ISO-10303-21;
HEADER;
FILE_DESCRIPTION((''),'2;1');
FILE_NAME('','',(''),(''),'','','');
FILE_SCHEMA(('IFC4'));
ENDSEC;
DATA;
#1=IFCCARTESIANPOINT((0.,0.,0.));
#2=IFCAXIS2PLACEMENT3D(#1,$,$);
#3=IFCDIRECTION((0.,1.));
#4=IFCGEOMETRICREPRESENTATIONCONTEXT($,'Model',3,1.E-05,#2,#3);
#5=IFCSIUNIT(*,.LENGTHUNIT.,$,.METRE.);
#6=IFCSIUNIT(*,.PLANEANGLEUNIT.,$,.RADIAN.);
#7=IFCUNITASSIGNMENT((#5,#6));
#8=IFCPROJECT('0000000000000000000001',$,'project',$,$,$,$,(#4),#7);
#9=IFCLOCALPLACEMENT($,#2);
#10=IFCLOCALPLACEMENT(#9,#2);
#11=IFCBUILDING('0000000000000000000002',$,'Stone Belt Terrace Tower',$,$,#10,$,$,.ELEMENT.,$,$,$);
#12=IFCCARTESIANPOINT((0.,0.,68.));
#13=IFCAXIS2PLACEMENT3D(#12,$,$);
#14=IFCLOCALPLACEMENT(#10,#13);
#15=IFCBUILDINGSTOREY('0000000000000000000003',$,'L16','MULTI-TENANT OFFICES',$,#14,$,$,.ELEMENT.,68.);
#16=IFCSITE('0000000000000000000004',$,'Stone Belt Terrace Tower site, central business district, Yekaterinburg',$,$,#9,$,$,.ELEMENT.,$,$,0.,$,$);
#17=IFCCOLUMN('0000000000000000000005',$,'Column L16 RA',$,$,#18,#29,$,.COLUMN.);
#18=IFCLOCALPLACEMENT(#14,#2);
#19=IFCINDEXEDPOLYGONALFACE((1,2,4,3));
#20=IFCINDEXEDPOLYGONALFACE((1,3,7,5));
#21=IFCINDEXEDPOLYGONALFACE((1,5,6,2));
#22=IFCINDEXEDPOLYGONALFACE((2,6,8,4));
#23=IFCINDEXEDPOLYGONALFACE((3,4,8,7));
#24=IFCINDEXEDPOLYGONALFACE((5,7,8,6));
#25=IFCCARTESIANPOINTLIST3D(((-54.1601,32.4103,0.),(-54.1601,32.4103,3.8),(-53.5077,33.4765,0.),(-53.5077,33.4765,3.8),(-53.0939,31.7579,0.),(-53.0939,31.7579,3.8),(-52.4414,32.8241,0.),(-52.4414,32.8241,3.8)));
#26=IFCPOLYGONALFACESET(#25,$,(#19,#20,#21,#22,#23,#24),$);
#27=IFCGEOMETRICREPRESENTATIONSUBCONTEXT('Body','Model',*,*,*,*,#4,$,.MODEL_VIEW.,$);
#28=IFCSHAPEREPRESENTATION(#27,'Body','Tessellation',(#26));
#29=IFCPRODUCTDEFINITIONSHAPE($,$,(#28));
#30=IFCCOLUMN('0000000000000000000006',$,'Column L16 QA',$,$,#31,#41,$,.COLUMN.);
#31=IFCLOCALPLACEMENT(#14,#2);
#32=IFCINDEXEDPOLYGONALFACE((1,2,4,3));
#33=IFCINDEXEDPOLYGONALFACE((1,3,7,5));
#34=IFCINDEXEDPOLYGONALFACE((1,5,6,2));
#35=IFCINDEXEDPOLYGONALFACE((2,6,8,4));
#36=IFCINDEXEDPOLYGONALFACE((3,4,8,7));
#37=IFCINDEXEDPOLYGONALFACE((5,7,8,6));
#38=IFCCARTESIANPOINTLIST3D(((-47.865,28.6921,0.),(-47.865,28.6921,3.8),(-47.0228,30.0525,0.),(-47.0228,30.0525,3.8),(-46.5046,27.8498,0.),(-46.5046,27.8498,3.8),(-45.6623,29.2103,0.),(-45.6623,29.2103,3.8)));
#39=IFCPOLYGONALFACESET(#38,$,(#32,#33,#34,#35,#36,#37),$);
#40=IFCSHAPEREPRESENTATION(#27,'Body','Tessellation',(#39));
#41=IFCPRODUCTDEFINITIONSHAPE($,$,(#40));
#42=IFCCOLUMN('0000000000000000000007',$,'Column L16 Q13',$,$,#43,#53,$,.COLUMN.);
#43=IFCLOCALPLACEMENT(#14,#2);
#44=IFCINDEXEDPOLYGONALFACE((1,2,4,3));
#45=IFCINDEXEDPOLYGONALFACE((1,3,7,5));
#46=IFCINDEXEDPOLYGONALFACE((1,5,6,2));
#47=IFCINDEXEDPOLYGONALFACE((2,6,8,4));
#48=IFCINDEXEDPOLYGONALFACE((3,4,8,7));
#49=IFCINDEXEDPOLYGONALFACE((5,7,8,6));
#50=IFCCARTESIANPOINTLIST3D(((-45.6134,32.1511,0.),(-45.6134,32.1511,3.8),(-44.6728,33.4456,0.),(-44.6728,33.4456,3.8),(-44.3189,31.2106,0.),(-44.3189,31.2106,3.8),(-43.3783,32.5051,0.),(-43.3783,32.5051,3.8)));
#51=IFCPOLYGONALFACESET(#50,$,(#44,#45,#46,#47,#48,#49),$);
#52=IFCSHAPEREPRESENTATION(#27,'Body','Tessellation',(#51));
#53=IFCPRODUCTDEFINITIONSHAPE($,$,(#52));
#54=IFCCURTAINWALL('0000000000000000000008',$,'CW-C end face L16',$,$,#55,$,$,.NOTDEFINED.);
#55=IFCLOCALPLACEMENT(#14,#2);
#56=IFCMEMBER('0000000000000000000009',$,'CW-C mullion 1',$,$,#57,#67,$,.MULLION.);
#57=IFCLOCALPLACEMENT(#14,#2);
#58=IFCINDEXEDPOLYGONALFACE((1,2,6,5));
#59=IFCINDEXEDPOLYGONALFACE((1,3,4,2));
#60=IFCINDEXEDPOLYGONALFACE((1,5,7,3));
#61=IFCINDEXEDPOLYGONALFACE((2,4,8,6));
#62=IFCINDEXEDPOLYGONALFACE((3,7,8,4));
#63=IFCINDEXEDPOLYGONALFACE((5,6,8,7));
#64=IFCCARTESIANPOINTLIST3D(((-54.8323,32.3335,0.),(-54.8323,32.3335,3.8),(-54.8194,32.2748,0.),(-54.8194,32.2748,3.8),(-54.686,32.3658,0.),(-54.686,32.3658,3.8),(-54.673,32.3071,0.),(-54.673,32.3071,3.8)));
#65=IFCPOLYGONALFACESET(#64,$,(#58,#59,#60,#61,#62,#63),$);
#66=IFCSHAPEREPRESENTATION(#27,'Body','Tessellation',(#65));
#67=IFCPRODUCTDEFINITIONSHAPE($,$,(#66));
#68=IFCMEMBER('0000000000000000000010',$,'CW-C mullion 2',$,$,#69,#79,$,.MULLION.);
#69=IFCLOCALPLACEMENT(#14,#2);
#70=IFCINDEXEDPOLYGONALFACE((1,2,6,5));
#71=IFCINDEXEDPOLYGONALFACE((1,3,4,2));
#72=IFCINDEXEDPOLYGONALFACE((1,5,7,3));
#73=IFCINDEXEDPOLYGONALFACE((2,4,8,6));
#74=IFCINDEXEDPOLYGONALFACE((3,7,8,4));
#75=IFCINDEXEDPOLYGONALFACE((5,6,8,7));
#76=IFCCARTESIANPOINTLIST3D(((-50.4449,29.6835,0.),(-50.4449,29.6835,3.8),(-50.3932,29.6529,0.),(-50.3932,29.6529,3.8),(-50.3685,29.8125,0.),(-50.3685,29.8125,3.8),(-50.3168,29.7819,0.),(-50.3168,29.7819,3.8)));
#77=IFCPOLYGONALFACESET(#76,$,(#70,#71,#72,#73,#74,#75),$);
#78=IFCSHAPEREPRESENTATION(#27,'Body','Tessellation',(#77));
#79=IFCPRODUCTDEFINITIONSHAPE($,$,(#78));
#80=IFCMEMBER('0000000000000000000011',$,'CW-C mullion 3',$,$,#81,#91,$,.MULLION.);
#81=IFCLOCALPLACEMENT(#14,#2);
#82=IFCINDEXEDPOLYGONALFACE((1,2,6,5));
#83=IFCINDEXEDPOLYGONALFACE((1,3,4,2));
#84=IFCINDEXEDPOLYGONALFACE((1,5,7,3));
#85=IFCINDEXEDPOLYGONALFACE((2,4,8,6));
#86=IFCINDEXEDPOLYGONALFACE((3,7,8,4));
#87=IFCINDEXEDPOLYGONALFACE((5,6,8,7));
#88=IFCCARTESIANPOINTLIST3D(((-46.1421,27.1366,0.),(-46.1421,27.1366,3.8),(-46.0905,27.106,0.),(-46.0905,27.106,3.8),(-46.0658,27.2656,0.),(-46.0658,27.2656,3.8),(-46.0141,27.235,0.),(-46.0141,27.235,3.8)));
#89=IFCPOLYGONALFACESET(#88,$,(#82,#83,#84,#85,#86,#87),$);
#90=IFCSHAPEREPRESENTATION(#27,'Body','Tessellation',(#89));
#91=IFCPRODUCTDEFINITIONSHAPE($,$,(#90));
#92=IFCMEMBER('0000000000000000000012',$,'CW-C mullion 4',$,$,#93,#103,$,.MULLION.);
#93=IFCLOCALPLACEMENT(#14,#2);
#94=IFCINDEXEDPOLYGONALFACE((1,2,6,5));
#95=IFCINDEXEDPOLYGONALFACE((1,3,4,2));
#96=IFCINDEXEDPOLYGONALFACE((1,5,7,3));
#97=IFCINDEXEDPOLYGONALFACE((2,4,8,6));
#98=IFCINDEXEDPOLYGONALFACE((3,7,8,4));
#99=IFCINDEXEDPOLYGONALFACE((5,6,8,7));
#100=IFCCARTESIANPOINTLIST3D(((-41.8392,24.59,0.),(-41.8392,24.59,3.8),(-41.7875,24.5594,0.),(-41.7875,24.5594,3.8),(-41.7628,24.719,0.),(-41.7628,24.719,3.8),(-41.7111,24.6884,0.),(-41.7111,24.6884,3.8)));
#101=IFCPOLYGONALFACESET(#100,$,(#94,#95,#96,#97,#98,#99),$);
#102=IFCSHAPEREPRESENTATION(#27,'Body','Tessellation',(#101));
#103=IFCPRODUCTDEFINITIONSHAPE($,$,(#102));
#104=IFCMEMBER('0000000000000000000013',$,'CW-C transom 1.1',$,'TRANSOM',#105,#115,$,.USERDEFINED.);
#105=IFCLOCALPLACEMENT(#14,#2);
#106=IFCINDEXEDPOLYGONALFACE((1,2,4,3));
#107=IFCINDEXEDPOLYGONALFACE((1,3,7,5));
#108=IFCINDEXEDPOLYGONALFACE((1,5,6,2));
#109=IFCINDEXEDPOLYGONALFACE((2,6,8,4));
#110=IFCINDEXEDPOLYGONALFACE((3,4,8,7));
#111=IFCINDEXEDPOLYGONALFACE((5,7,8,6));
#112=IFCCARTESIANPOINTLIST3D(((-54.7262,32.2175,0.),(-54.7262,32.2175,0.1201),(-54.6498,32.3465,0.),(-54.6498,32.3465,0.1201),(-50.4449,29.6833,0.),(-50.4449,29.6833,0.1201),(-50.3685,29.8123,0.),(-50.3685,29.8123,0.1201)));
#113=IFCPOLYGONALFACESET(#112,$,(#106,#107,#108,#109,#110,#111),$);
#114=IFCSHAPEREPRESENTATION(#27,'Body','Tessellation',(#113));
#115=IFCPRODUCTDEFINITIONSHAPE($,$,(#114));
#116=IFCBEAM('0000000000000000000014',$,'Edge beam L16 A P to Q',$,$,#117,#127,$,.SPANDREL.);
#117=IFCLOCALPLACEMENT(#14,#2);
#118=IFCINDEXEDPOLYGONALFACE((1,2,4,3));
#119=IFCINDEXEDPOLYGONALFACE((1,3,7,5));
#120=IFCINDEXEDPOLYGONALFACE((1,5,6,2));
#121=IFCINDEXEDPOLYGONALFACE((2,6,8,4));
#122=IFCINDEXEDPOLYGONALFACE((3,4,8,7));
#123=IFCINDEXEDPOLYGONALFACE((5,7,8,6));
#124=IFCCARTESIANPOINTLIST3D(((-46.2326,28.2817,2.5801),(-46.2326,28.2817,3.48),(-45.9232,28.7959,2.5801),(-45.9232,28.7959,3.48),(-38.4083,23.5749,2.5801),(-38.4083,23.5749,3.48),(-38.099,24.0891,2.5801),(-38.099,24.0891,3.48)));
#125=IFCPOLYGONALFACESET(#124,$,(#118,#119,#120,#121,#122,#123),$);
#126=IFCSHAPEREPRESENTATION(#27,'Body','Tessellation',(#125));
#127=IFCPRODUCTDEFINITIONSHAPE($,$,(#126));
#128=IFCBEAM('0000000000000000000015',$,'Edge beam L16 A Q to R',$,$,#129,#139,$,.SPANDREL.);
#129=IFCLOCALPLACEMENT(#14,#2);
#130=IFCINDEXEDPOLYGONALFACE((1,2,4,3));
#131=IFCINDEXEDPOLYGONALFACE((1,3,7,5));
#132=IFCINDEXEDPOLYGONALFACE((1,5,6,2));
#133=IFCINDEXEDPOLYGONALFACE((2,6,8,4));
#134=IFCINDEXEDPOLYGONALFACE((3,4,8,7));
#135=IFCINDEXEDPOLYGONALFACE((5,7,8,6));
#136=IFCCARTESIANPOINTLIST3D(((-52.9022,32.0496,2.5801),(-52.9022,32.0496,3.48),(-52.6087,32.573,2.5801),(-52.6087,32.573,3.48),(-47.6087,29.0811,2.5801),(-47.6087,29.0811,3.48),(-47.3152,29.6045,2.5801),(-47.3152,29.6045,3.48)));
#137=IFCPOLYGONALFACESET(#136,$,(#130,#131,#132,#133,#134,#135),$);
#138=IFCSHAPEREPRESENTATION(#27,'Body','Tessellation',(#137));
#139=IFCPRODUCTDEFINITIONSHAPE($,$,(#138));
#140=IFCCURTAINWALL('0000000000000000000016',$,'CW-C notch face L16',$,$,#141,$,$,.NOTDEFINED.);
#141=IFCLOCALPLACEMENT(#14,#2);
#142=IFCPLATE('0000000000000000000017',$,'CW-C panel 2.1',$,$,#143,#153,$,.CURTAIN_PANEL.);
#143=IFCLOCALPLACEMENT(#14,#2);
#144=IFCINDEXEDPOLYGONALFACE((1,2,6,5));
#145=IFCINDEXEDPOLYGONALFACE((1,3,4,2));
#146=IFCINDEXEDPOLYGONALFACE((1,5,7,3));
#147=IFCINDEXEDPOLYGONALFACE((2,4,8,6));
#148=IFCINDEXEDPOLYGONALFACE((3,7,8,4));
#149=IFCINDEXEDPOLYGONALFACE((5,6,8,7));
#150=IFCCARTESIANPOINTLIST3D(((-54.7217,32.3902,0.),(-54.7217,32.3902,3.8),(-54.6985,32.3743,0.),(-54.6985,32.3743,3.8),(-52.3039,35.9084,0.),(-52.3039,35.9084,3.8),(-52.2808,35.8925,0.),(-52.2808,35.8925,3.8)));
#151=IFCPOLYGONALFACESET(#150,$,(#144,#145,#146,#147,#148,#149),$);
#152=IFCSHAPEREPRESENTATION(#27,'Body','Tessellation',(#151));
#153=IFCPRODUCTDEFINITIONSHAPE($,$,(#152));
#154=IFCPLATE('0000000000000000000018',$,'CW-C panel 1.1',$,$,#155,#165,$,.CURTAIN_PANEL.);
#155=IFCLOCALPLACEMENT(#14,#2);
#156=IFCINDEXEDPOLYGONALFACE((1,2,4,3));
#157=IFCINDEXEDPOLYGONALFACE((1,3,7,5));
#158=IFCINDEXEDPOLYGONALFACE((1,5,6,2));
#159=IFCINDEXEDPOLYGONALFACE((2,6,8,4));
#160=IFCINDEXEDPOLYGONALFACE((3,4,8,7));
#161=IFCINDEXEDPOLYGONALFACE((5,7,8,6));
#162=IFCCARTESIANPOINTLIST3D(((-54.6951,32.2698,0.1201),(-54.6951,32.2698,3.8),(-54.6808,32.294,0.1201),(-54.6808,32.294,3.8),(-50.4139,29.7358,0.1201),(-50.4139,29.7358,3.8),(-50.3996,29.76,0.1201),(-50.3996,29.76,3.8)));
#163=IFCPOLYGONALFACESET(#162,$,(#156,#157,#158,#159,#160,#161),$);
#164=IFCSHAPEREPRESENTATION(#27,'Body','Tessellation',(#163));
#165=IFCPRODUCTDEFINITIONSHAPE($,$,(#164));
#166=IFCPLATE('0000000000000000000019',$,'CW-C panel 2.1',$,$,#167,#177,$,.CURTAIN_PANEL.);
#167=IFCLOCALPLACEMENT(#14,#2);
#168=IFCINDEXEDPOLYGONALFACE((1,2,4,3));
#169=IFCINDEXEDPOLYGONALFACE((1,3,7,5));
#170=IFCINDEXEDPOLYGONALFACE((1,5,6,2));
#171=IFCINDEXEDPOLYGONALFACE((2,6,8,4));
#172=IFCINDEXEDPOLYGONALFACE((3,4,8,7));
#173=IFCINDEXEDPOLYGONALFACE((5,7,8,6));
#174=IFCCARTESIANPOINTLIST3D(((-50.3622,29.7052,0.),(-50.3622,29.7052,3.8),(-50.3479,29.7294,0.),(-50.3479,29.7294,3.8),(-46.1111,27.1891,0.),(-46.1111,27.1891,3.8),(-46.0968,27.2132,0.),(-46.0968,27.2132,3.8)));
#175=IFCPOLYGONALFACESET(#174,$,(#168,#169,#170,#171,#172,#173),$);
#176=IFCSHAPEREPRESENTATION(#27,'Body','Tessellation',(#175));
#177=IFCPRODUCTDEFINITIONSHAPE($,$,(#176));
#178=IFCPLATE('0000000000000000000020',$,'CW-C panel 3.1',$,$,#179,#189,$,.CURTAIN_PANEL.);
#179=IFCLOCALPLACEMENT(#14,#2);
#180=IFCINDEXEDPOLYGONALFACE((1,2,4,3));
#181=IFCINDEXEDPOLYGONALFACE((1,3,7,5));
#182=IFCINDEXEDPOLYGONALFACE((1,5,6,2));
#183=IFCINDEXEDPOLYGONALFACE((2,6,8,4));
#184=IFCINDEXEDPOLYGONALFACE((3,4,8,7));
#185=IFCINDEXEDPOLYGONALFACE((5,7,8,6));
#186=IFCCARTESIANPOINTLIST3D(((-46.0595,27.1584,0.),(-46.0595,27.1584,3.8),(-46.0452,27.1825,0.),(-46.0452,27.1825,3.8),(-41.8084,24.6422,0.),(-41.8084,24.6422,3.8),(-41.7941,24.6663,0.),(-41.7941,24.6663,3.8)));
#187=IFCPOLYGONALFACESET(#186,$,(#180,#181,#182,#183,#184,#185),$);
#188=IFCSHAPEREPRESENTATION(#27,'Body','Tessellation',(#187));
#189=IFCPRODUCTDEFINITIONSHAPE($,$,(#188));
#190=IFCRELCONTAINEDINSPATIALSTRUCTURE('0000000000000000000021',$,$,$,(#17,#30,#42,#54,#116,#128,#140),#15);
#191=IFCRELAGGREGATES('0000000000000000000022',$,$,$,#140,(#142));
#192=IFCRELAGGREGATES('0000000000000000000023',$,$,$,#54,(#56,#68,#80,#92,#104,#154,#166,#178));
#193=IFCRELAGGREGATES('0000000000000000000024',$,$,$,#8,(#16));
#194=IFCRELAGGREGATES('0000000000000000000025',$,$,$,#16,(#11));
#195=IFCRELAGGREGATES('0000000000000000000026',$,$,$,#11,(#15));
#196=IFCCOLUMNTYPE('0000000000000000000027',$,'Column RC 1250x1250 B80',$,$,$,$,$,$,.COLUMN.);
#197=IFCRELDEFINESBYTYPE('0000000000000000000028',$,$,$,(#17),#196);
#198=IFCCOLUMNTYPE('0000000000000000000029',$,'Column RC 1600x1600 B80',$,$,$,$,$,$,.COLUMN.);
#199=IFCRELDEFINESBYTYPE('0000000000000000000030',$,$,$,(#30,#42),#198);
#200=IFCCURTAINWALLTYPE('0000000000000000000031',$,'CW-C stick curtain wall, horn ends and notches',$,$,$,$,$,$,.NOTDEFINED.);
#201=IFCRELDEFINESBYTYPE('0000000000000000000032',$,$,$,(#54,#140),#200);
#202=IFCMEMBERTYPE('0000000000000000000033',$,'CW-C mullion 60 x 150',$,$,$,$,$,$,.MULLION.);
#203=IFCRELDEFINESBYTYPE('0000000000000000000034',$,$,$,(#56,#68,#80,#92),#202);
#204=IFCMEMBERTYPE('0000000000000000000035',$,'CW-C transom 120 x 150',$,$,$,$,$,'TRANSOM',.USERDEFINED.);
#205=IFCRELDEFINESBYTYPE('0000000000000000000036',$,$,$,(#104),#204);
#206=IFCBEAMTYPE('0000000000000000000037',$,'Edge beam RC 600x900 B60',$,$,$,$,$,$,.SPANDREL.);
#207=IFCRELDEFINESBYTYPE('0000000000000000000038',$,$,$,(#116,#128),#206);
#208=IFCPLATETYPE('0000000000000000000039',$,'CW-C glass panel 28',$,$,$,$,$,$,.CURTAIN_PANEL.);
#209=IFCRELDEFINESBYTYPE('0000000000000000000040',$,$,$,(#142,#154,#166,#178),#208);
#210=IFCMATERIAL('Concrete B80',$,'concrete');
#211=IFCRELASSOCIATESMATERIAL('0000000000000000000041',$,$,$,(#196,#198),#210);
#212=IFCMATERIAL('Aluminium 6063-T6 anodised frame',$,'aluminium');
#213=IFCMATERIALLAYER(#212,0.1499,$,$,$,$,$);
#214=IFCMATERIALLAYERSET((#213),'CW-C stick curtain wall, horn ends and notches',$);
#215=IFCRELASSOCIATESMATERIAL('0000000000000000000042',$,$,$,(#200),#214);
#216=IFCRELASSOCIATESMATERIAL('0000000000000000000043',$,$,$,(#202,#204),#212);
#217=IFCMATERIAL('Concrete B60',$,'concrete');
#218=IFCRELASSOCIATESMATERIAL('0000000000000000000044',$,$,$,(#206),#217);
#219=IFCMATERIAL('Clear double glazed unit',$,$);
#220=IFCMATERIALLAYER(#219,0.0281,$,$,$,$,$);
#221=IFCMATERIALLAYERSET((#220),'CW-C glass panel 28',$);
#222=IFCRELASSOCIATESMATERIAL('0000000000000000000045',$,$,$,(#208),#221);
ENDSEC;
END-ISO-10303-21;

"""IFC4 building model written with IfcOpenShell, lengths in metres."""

from ifc_helpers import new_model, si_unit, direction, frame, origin, origin_2d, place, context, subcontext, project, spatial, rectangle, extrude, material, layer, layer_set, material_profile, profile_set, type_object, element, aggregate, save


model = new_model("IFC4")

# Units and contexts
model_context = context("Model", 3, precision=1e-05, world=origin(), true_north=direction((0.0, 1.0)))
body_context = subcontext(model_context, "Body", "Model", "MODEL_VIEW")
ifc_project = project(units=[si_unit("LENGTHUNIT", "METRE"), si_unit("PLANEANGLEUNIT", "RADIAN")], contexts=[model_context])

# Site, building, storey
site_placement = place(None, origin())
site = spatial("IfcSite", under=ifc_project, at=site_placement, Name="Stone Belt Terrace Tower site, central business district, Yekaterinburg", CompositionType="ELEMENT", RefElevation=0.0)
building_placement = place(site_placement, origin())
building = spatial("IfcBuilding", under=site, at=building_placement, Name="Stone Belt Terrace Tower", CompositionType="ELEMENT")
storey_placement = place(building_placement, frame((0.0, 0.0, 68.0)))
storey = spatial("IfcBuildingStorey", under=building, at=storey_placement, Name="L16", Description="MULTI-TENANT OFFICES", CompositionType="ELEMENT", Elevation=68.0)

# Columns
ifc_material_1 = material(Name="Concrete B80", Category="concrete")
ifc_material_profile_1 = material_profile(ifc_material_1, rectangle(XDim=1.25, YDim=1.25, at=origin_2d()), Name="RC 1250x1250")
ifc_profile_set_1 = profile_set([ifc_material_profile_1], Name="Concrete B80")
column_type_1 = type_object("IfcColumnType", Name="Column RC 1250x1250 B80", PredefinedType="COLUMN", material=ifc_profile_set_1)
column_placement = place(storey_placement, frame((-53.3008, 32.6172, 0.0), z_axis=(0.0, 0.0, 1.0), x_axis=(0.521967, 0.852966, 0.0)))
element("IfcColumn", 1, at=column_placement, inside=storey, type_object=column_type_1, Name="Column L16 RA", PredefinedType="COLUMN", context=body_context, shape_type="SweptSolid", body=[
    extrude(rectangle(XDim=1.25, YDim=1.25, at=origin_2d()), origin(), (0.0, 0.0, 1.0), 3.8),
])
ifc_material_profile_2 = material_profile(ifc_material_1, rectangle(XDim=1.6001, YDim=1.6001, at=origin_2d()), Name="RC 1600x1600")
ifc_profile_set_2 = profile_set([ifc_material_profile_2], Name="Concrete B80")
column_type_2 = type_object("IfcColumnType", Name="Column RC 1600x1600 B80", PredefinedType="COLUMN", material=ifc_profile_set_2)
for number, where, z_axis, x_axis, name in (
    (2, (-46.7637, 28.9512, 0.0), (0.0, 0.0, 1.0), (0.526383, 0.850248, 0.0), "Column L16 QA"),
    (3, (-44.4958, 32.3281, 0.0), (0.0, 0.0, 1.0), (0.587785, 0.809017, 0.0), "Column L16 Q13"),
):
    element("IfcColumn", number, at=place(storey_placement, frame(where, z_axis=z_axis, x_axis=x_axis)), inside=storey, type_object=column_type_2, Name=name, PredefinedType="COLUMN", context=body_context, shape_type="SweptSolid", body=[
        extrude(rectangle(XDim=1.6001, YDim=1.6001, at=origin_2d()), origin(), (0.0, 0.0, 1.0), 3.8),
    ])

# Curtain wall, members
ifc_material_2 = material(Name="Aluminium 6063-T6 anodised frame", Category="aluminium")
ifc_layer_1 = layer(ifc_material_2, 0.1499)
ifc_layer_set_1 = layer_set([ifc_layer_1], Name="CW-C stick curtain wall, horn ends and notches")
curtain_wall_type = type_object("IfcCurtainWallType", Name="CW-C stick curtain wall, horn ends and notches", PredefinedType="NOTDEFINED", material=ifc_layer_set_1)
curtain_wall_1_placement = place(storey_placement, origin())
curtain_wall_1 = element("IfcCurtainWall", 4, at=curtain_wall_1_placement, inside=storey, type_object=curtain_wall_type, Name="CW-C end face L16", PredefinedType="NOTDEFINED")
ifc_material_profile_3 = material_profile(ifc_material_2, rectangle(XDim=0.1499, YDim=0.0601, at=origin_2d()), Name="Aluminium 6063-T6 60x150")
ifc_profile_set_3 = profile_set([ifc_material_profile_3], Name="Aluminium 6063-T6 anodised frame")
member_type_1 = type_object("IfcMemberType", Name="CW-C mullion 60 x 150", PredefinedType="MULLION", material=ifc_profile_set_3)
member_1_placement = place(storey_placement, frame((-54.7527, 32.3203, 0.0), z_axis=(0.0, 0.0, 1.0), x_axis=(0.97652, 0.215429, 0.0)))
member_1 = element("IfcMember", 5, at=member_1_placement, type_object=member_type_1, Name="CW-C mullion 1", PredefinedType="MULLION", context=body_context, shape_type="SweptSolid", body=[
    extrude(rectangle(XDim=0.1499, YDim=0.0601, at=origin_2d()), origin(), (0.0, 0.0, 1.0), 3.8),
])
member_2_placement = place(storey_placement, frame((-50.3809, 29.7327, 0.0), z_axis=(0.0, 0.0, 1.0), x_axis=(0.509353, 0.860558, 0.0)))
member_2 = element("IfcMember", 6, at=member_2_placement, type_object=member_type_1, Name="CW-C mullion 2", PredefinedType="MULLION", context=body_context, shape_type="SweptSolid", body=[
    extrude(rectangle(XDim=0.1499, YDim=0.0601, at=origin_2d()), origin(), (0.0, 0.0, 1.0), 3.8),
])
member_3_placement = place(storey_placement, frame((-46.0781, 27.1858, 0.0), z_axis=(0.0, 0.0, 1.0), x_axis=(0.509353, 0.860558, 0.0)))
member_3 = element("IfcMember", 7, at=member_3_placement, type_object=member_type_1, Name="CW-C mullion 3", PredefinedType="MULLION", context=body_context, shape_type="SweptSolid", body=[
    extrude(rectangle(XDim=0.1499, YDim=0.0601, at=origin_2d()), origin(), (0.0, 0.0, 1.0), 3.8),
])
member_4_placement = place(storey_placement, frame((-41.7751, 24.6392, 0.0), z_axis=(0.0, 0.0, 1.0), x_axis=(0.509353, 0.860558, 0.0)))
member_4 = element("IfcMember", 8, at=member_4_placement, type_object=member_type_1, Name="CW-C mullion 4", PredefinedType="MULLION", context=body_context, shape_type="SweptSolid", body=[
    extrude(rectangle(XDim=0.1499, YDim=0.0601, at=origin_2d()), origin(), (0.0, 0.0, 1.0), 3.8),
])
ifc_material_profile_4 = material_profile(ifc_material_2, rectangle(XDim=0.1499, YDim=0.1201, at=origin_2d()), Name="Aluminium 6063-T6 150x120")
ifc_profile_set_4 = profile_set([ifc_material_profile_4], Name="Aluminium 6063-T6 anodised frame")
member_type_2 = type_object("IfcMemberType", Name="CW-C transom 120 x 150", ElementType="TRANSOM", PredefinedType="USERDEFINED", material=ifc_profile_set_4)
member_5_placement = place(storey_placement, frame((-54.688, 32.282, 0.0601), z_axis=(0.860543, -0.509377, 0.0), x_axis=(0.509377, 0.860543, 0.0)))
member_5 = element("IfcMember", 9, at=member_5_placement, type_object=member_type_2, Name="CW-C transom 1.1", ObjectType="TRANSOM", PredefinedType="USERDEFINED", context=body_context, shape_type="SweptSolid", body=[
    extrude(rectangle(XDim=0.1499, YDim=0.1201, at=origin_2d()), origin(), (0.0, 0.0, 1.0), 4.9751),
])

# Beams
ifc_material_3 = material(Name="Concrete B60", Category="concrete")
ifc_material_profile_5 = material_profile(ifc_material_3, rectangle(XDim=0.6001, YDim=0.8999, at=origin_2d()), Name="RC 600x900")
ifc_profile_set_5 = profile_set([ifc_material_profile_5], Name="Concrete B60")
beam_type = type_object("IfcBeamType", Name="Edge beam RC 600x900 B60", PredefinedType="SPANDREL", material=ifc_profile_set_5)
beam_1_placement = place(storey_placement, frame((-38.2537, 23.832, 3.03), z_axis=(-0.8569, 0.515482, 0.0), x_axis=(-0.515482, -0.8569, 0.0)))
element("IfcBeam", 10, at=beam_1_placement, inside=storey, type_object=beam_type, Name="Edge beam L16 A P to Q", PredefinedType="SPANDREL", context=body_context, shape_type="SweptSolid", body=[
    extrude(rectangle(XDim=0.6001, YDim=0.8999, at=origin_2d()), origin(), (0.0, 0.0, 1.0), 9.1309),
])
beam_2_placement = place(storey_placement, frame((-47.4619, 29.3428, 3.03), z_axis=(-0.872213, 0.489126, 0.0), x_axis=(-0.489126, -0.872213, 0.0)))
element("IfcBeam", 11, at=beam_2_placement, inside=storey, type_object=beam_type, Name="Edge beam L16 A Q to R", PredefinedType="SPANDREL", context=body_context, shape_type="SweptSolid", body=[
    extrude(rectangle(XDim=0.6001, YDim=0.8999, at=origin_2d()), origin(), (0.0, 0.0, 1.0), 6.0691),
])

# Curtain wall, plate
curtain_wall_2_placement = place(storey_placement, origin())
curtain_wall_2 = element("IfcCurtainWall", 12, at=curtain_wall_2_placement, inside=storey, type_object=curtain_wall_type, Name="CW-C notch face L16", PredefinedType="NOTDEFINED")
ifc_material_4 = material(Name="Clear double glazed unit")
ifc_layer_2 = layer(ifc_material_4, 0.0281)
ifc_layer_set_2 = layer_set([ifc_layer_2], Name="CW-C glass panel 28")
plate_type = type_object("IfcPlateType", Name="CW-C glass panel 28", PredefinedType="CURTAIN_PANEL", material=ifc_layer_set_2)
plate_1_placement = place(storey_placement, frame((-53.5012, 34.1414, 0.0), z_axis=(0.0, 0.0, 1.0), x_axis=(-0.566376, -0.824147, 0.0)))
plate_1 = element("IfcPlate", 13, at=plate_1_placement, type_object=plate_type, Name="CW-C panel 2.1", PredefinedType="CURTAIN_PANEL", context=body_context, shape_type="SweptSolid", body=[
    extrude(rectangle(XDim=4.2688, YDim=0.0281, at=origin_2d()), origin(), (0.0, 0.0, 1.0), 3.8),
])
aggregate(curtain_wall_2, [plate_1])

# Plates
plate_2_placement = place(storey_placement, frame((-52.5474, 31.0149, 0.1201), z_axis=(0.0, 0.0, 1.0), x_axis=(0.860558, -0.509353, 0.0)))
plate_2 = element("IfcPlate", 14, at=plate_2_placement, type_object=plate_type, Name="CW-C panel 1.1", PredefinedType="CURTAIN_PANEL", context=body_context, shape_type="SweptSolid", body=[
    extrude(rectangle(XDim=4.9749, YDim=0.0281, at=origin_2d()), origin(), (0.0, 0.0, 1.0), 3.6799),
])
plate_3_placement = place(storey_placement, frame((-48.2295, 28.4592, 0.0), z_axis=(0.0, 0.0, 1.0), x_axis=(0.860558, -0.509353, 0.0)))
plate_3 = element("IfcPlate", 15, at=plate_3_placement, type_object=plate_type, Name="CW-C panel 2.1", PredefinedType="CURTAIN_PANEL", context=body_context, shape_type="SweptSolid", body=[
    extrude(rectangle(XDim=4.9399, YDim=0.0281, at=origin_2d()), origin(), (0.0, 0.0, 1.0), 3.8),
])
plate_4_placement = place(storey_placement, frame((-43.9268, 25.9124, 0.0), z_axis=(0.0, 0.0, 1.0), x_axis=(0.860558, -0.509353, 0.0)))
plate_4 = element("IfcPlate", 16, at=plate_4_placement, type_object=plate_type, Name="CW-C panel 3.1", PredefinedType="CURTAIN_PANEL", context=body_context, shape_type="SweptSolid", body=[
    extrude(rectangle(XDim=4.9399, YDim=0.0281, at=origin_2d()), origin(), (0.0, 0.0, 1.0), 3.8),
])
aggregate(curtain_wall_1, [member_1, member_2, member_3, member_4, member_5, plate_2, plate_3, plate_4])

save(model, "model.ifc")
